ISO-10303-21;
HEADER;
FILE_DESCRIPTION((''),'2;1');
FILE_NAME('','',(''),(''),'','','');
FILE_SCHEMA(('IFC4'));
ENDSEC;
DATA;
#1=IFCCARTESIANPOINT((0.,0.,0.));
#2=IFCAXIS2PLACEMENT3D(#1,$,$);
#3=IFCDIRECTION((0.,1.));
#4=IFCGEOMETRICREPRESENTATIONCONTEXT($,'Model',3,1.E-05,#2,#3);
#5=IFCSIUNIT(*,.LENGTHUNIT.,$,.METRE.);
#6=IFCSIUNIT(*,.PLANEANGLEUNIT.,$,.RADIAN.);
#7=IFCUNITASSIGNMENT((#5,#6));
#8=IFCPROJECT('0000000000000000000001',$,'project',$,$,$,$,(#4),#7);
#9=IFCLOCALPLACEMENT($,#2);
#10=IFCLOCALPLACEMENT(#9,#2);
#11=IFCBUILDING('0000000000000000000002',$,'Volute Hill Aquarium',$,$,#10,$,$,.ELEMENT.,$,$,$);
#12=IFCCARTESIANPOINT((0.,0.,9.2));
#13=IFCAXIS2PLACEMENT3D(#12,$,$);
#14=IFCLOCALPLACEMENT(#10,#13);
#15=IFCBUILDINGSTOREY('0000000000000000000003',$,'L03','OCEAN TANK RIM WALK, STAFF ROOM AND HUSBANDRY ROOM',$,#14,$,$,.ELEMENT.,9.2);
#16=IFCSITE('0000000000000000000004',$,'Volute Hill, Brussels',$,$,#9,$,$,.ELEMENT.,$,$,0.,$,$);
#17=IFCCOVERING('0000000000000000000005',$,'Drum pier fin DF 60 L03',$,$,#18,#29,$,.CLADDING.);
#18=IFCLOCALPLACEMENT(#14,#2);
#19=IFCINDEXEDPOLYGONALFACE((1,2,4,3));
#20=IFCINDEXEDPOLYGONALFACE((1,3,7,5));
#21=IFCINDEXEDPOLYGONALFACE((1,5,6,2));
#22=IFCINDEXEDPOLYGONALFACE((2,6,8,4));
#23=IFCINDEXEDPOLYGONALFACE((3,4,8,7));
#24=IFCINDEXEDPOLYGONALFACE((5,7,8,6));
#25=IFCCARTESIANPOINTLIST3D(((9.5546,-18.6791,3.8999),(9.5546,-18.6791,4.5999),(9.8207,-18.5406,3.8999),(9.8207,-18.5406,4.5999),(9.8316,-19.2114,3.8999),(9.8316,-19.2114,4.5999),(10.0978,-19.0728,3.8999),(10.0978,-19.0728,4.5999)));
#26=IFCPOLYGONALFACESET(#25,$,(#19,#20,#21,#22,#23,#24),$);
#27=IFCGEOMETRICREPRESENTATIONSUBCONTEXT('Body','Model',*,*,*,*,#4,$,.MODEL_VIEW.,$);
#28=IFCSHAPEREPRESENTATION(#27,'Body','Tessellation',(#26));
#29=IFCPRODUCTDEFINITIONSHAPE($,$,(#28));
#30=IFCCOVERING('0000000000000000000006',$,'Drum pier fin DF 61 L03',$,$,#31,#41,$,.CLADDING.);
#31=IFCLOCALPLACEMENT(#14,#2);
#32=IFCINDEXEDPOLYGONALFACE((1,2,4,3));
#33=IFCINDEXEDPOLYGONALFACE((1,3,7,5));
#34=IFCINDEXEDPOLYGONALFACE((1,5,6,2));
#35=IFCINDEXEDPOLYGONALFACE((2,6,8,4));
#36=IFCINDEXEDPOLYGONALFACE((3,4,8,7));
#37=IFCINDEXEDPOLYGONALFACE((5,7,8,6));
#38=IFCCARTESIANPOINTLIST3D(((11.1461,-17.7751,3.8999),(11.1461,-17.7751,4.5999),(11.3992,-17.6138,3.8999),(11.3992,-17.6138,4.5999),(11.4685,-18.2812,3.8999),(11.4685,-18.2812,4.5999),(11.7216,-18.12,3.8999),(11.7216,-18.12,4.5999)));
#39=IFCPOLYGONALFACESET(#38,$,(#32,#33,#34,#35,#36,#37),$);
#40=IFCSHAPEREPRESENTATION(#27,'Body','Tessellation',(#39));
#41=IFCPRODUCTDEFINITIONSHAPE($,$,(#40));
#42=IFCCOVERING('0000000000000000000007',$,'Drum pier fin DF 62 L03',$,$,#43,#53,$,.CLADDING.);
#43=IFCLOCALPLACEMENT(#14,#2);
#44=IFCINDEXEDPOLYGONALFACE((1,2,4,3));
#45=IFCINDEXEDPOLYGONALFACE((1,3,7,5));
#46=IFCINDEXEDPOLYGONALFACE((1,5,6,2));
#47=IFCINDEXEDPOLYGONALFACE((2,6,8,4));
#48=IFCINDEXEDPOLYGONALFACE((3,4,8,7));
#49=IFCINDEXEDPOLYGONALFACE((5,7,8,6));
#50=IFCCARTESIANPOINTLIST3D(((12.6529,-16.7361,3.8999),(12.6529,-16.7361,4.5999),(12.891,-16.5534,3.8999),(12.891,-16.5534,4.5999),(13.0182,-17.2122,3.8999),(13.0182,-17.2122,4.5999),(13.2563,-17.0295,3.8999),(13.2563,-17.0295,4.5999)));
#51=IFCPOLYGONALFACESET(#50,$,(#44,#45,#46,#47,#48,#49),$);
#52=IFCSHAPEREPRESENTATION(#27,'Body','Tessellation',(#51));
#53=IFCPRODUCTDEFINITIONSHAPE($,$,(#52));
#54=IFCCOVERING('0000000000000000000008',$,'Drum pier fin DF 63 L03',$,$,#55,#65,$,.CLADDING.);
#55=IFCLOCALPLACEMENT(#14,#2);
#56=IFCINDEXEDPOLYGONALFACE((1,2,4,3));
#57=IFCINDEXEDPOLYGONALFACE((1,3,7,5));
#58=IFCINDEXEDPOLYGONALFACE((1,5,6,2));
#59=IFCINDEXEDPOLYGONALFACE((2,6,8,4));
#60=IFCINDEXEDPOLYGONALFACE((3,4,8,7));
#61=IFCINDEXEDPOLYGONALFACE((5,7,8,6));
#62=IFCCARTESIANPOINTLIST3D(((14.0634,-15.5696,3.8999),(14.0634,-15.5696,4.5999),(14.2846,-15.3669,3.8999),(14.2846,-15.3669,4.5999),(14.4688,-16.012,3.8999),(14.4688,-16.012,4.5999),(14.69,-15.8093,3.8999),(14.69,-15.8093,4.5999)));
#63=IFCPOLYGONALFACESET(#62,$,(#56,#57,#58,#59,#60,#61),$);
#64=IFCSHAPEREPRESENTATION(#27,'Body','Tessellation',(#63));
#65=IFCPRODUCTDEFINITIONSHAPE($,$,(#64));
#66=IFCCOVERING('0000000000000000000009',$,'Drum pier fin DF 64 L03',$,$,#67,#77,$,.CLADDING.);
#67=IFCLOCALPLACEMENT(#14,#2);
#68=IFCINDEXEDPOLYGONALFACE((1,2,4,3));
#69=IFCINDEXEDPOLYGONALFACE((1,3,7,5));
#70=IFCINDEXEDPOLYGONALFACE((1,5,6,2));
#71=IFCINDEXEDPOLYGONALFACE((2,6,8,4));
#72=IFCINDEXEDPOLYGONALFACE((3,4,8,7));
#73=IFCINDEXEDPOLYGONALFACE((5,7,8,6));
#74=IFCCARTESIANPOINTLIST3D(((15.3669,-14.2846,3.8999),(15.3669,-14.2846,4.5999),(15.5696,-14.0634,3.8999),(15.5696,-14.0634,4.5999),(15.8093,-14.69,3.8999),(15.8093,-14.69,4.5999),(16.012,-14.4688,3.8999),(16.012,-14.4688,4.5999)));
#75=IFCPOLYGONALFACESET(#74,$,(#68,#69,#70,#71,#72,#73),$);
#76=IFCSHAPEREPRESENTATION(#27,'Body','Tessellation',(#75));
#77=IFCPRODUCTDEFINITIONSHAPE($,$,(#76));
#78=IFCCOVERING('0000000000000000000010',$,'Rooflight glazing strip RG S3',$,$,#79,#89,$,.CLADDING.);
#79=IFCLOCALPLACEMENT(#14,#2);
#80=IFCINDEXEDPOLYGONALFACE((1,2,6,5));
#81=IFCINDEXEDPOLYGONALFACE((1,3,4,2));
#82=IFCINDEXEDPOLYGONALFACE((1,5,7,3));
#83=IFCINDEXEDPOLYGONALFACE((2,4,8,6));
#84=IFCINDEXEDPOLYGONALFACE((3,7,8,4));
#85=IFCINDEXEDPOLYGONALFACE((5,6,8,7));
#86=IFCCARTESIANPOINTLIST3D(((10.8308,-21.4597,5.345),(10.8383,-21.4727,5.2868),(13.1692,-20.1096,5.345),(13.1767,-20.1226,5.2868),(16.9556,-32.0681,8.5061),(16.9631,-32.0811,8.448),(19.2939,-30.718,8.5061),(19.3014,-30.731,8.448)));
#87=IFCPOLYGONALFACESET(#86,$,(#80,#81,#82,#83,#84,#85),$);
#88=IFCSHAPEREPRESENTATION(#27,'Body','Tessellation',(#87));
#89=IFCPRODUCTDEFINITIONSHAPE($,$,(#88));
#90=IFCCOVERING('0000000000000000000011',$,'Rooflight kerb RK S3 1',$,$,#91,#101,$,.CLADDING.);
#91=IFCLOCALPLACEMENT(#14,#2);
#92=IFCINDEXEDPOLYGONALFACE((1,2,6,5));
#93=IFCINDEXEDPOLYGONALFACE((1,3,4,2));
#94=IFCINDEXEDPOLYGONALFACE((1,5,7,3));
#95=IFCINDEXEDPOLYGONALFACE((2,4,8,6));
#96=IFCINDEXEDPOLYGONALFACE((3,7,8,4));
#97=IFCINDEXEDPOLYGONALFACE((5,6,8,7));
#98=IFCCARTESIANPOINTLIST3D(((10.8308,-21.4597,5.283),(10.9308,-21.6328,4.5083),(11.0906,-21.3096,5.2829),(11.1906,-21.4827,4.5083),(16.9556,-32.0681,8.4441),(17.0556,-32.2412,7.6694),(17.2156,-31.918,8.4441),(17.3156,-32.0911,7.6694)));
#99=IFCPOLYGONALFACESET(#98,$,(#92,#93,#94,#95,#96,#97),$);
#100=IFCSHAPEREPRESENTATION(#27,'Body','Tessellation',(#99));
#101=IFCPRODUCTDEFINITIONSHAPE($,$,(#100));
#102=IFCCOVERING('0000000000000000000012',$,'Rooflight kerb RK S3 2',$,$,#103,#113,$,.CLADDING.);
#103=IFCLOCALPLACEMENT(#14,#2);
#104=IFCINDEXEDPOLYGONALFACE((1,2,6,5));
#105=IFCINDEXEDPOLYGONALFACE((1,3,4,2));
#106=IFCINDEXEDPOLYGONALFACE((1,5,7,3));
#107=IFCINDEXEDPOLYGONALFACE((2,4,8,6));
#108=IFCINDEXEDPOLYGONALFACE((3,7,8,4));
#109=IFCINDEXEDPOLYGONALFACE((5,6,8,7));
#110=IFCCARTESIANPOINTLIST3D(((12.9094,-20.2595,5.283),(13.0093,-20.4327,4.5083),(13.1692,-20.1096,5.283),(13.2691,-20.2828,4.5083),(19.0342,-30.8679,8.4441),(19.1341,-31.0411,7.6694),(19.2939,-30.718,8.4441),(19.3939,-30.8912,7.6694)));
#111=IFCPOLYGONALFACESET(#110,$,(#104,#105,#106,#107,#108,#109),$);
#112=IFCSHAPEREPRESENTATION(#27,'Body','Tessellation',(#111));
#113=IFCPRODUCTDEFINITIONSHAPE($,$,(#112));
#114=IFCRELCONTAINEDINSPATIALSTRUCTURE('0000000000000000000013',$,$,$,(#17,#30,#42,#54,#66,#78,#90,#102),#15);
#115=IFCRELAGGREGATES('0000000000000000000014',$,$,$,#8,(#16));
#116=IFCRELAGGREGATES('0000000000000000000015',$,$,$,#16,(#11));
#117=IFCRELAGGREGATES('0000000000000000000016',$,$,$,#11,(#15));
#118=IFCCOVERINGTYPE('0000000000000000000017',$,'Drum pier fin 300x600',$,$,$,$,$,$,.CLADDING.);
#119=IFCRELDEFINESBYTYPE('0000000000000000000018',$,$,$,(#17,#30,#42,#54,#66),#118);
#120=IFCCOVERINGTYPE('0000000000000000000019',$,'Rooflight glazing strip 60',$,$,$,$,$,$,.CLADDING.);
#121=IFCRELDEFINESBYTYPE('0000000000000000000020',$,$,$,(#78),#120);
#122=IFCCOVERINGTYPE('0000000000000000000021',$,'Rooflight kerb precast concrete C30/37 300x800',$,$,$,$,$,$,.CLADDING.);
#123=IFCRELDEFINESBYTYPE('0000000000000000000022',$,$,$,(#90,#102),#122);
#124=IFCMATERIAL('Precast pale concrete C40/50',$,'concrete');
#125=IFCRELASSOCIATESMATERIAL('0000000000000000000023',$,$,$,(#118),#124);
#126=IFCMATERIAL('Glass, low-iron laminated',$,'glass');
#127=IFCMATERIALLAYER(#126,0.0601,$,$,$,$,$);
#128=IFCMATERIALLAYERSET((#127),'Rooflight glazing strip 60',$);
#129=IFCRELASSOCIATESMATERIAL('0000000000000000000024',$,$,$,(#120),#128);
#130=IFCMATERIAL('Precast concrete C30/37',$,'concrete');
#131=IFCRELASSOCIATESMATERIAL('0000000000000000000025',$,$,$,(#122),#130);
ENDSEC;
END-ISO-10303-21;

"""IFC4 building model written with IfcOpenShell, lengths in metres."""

from ifc_helpers import new_model, si_unit, direction, frame, origin, origin_2d, place, context, subcontext, project, spatial, polyline, rectangle, outline, extrude, material, layer, layer_set, type_object, element, save


model = new_model("IFC4")

# Units and contexts
model_context = context("Model", 3, precision=1e-05, world=origin(), true_north=direction((0.0, 1.0)))
body_context = subcontext(model_context, "Body", "Model", "MODEL_VIEW")
ifc_project = project(units=[si_unit("LENGTHUNIT", "METRE"), si_unit("PLANEANGLEUNIT", "RADIAN")], contexts=[model_context])

# Site, building, storey
site_placement = place(None, origin())
site = spatial("IfcSite", under=ifc_project, at=site_placement, Name="Volute Hill, Brussels", CompositionType="ELEMENT", RefElevation=0.0)
building_placement = place(site_placement, origin())
building = spatial("IfcBuilding", under=site, at=building_placement, Name="Volute Hill Aquarium", CompositionType="ELEMENT")
storey_placement = place(building_placement, frame((0.0, 0.0, 9.2)))
storey = spatial("IfcBuildingStorey", under=building, at=storey_placement, Name="L03", Description="OCEAN TANK RIM WALK, STAFF ROOM AND HUSBANDRY ROOM", CompositionType="ELEMENT", Elevation=9.2)

# Coverings
ifc_material_1 = material(Name="Precast pale concrete C40/50", Category="concrete")
covering_type_1 = type_object("IfcCoveringType", Name="Drum pier fin 300x600", PredefinedType="CLADDING", material=ifc_material_1)
for number, where, z_axis, x_axis, name in (
    (1, (9.8262, -18.876, 3.8999), (0.0, 0.0, 1.0), (0.887011, 0.461749, 0.0), "Drum pier fin DF 60 L03"),
    (2, (11.4338, -17.9475, 3.8999), (0.0, 0.0, 1.0), (0.843391, 0.5373, 0.0), "Drum pier fin DF 61 L03"),
    (3, (12.9546, -16.8828, 3.8999), (0.0, 0.0, 1.0), (0.793353, 0.608761, 0.0), "Drum pier fin DF 62 L03"),
    (4, (14.3767, -15.6895, 3.8999), (0.0, 0.0, 1.0), (0.737277, 0.67559, 0.0), "Drum pier fin DF 63 L03"),
    (5, (15.6895, -14.3767, 3.8999), (0.0, 0.0, 1.0), (0.67559, 0.737277, 0.0), "Drum pier fin DF 64 L03"),
):
    element("IfcCovering", number, at=place(storey_placement, frame(where, z_axis=z_axis, x_axis=x_axis)), inside=storey, type_object=covering_type_1, Name=name, PredefinedType="CLADDING", context=body_context, shape_type="SweptSolid", body=[
        extrude(rectangle(XDim=0.3, YDim=0.6001, at=origin_2d()), origin(), (0.0, 0.0, 1.0), 0.7),
    ])
ifc_material_2 = material(Name="Glass, low-iron laminated", Category="glass")
ifc_layer_1 = layer(ifc_material_2, 0.0601)
ifc_layer_set_1 = layer_set([ifc_layer_1], Name="Rooflight glazing strip 60")
covering_type_2 = type_object("IfcCoveringType", Name="Rooflight glazing strip 60", PredefinedType="CLADDING", material=ifc_layer_set_1)
covering_1_placement = place(storey_placement, frame((10.8308, -21.4597, 5.345), z_axis=(-0.12494, 0.216397, 0.968278), x_axis=(0.484139, -0.838554, 0.249876)))
element("IfcCovering", 6, at=covering_1_placement, inside=storey, type_object=covering_type_2, Name="Rooflight glazing strip RG S3", PredefinedType="CLADDING", context=body_context, shape_type="SweptSolid", body=[
    extrude(outline(polyline([(0.0, 0.0), (12.6508, 0.0), (12.6508, 2.7001), (0.0, 2.7001), (0.0, 0.0)])), origin(), (0.0, 0.0, -1.0), 0.0601),
])
ifc_material_3 = material(Name="Precast concrete C30/37", Category="concrete")
covering_type_3 = type_object("IfcCoveringType", Name="Rooflight kerb precast concrete C30/37 300x800", PredefinedType="CLADDING", material=ifc_material_3)
covering_2_placement = place(storey_placement, frame((10.8308, -21.4597, 5.283), z_axis=(-0.125, 0.216361, 0.968278), x_axis=(0.484139, -0.838554, 0.249874)))
element("IfcCovering", 7, at=covering_2_placement, inside=storey, type_object=covering_type_3, Name="Rooflight kerb RK S3 1", PredefinedType="CLADDING", context=body_context, shape_type="SweptSolid", body=[
    extrude(outline(polyline([(0.0, 0.0), (12.6508, 0.0), (12.6508, 0.3002), (-0.0001, 0.3), (0.0, 0.0)])), origin(), (0.0, 0.0, -1.0), 0.8),
])
covering_3_placement = place(storey_placement, frame((12.9094, -20.2595, 5.283), z_axis=(-0.124892, 0.216425, 0.968278), x_axis=(0.484139, -0.838554, 0.249876)))
element("IfcCovering", 8, at=covering_3_placement, inside=storey, type_object=covering_type_3, Name="Rooflight kerb RK S3 2", PredefinedType="CLADDING", context=body_context, shape_type="SweptSolid", body=[
    extrude(outline(polyline([(0.0, 0.0), (12.6508, 0.0), (12.6509, 0.2999), (0.0001, 0.2999), (0.0, 0.0)])), origin(), (0.0, 0.0, -1.0), 0.8),
])

save(model, "model.ifc")
